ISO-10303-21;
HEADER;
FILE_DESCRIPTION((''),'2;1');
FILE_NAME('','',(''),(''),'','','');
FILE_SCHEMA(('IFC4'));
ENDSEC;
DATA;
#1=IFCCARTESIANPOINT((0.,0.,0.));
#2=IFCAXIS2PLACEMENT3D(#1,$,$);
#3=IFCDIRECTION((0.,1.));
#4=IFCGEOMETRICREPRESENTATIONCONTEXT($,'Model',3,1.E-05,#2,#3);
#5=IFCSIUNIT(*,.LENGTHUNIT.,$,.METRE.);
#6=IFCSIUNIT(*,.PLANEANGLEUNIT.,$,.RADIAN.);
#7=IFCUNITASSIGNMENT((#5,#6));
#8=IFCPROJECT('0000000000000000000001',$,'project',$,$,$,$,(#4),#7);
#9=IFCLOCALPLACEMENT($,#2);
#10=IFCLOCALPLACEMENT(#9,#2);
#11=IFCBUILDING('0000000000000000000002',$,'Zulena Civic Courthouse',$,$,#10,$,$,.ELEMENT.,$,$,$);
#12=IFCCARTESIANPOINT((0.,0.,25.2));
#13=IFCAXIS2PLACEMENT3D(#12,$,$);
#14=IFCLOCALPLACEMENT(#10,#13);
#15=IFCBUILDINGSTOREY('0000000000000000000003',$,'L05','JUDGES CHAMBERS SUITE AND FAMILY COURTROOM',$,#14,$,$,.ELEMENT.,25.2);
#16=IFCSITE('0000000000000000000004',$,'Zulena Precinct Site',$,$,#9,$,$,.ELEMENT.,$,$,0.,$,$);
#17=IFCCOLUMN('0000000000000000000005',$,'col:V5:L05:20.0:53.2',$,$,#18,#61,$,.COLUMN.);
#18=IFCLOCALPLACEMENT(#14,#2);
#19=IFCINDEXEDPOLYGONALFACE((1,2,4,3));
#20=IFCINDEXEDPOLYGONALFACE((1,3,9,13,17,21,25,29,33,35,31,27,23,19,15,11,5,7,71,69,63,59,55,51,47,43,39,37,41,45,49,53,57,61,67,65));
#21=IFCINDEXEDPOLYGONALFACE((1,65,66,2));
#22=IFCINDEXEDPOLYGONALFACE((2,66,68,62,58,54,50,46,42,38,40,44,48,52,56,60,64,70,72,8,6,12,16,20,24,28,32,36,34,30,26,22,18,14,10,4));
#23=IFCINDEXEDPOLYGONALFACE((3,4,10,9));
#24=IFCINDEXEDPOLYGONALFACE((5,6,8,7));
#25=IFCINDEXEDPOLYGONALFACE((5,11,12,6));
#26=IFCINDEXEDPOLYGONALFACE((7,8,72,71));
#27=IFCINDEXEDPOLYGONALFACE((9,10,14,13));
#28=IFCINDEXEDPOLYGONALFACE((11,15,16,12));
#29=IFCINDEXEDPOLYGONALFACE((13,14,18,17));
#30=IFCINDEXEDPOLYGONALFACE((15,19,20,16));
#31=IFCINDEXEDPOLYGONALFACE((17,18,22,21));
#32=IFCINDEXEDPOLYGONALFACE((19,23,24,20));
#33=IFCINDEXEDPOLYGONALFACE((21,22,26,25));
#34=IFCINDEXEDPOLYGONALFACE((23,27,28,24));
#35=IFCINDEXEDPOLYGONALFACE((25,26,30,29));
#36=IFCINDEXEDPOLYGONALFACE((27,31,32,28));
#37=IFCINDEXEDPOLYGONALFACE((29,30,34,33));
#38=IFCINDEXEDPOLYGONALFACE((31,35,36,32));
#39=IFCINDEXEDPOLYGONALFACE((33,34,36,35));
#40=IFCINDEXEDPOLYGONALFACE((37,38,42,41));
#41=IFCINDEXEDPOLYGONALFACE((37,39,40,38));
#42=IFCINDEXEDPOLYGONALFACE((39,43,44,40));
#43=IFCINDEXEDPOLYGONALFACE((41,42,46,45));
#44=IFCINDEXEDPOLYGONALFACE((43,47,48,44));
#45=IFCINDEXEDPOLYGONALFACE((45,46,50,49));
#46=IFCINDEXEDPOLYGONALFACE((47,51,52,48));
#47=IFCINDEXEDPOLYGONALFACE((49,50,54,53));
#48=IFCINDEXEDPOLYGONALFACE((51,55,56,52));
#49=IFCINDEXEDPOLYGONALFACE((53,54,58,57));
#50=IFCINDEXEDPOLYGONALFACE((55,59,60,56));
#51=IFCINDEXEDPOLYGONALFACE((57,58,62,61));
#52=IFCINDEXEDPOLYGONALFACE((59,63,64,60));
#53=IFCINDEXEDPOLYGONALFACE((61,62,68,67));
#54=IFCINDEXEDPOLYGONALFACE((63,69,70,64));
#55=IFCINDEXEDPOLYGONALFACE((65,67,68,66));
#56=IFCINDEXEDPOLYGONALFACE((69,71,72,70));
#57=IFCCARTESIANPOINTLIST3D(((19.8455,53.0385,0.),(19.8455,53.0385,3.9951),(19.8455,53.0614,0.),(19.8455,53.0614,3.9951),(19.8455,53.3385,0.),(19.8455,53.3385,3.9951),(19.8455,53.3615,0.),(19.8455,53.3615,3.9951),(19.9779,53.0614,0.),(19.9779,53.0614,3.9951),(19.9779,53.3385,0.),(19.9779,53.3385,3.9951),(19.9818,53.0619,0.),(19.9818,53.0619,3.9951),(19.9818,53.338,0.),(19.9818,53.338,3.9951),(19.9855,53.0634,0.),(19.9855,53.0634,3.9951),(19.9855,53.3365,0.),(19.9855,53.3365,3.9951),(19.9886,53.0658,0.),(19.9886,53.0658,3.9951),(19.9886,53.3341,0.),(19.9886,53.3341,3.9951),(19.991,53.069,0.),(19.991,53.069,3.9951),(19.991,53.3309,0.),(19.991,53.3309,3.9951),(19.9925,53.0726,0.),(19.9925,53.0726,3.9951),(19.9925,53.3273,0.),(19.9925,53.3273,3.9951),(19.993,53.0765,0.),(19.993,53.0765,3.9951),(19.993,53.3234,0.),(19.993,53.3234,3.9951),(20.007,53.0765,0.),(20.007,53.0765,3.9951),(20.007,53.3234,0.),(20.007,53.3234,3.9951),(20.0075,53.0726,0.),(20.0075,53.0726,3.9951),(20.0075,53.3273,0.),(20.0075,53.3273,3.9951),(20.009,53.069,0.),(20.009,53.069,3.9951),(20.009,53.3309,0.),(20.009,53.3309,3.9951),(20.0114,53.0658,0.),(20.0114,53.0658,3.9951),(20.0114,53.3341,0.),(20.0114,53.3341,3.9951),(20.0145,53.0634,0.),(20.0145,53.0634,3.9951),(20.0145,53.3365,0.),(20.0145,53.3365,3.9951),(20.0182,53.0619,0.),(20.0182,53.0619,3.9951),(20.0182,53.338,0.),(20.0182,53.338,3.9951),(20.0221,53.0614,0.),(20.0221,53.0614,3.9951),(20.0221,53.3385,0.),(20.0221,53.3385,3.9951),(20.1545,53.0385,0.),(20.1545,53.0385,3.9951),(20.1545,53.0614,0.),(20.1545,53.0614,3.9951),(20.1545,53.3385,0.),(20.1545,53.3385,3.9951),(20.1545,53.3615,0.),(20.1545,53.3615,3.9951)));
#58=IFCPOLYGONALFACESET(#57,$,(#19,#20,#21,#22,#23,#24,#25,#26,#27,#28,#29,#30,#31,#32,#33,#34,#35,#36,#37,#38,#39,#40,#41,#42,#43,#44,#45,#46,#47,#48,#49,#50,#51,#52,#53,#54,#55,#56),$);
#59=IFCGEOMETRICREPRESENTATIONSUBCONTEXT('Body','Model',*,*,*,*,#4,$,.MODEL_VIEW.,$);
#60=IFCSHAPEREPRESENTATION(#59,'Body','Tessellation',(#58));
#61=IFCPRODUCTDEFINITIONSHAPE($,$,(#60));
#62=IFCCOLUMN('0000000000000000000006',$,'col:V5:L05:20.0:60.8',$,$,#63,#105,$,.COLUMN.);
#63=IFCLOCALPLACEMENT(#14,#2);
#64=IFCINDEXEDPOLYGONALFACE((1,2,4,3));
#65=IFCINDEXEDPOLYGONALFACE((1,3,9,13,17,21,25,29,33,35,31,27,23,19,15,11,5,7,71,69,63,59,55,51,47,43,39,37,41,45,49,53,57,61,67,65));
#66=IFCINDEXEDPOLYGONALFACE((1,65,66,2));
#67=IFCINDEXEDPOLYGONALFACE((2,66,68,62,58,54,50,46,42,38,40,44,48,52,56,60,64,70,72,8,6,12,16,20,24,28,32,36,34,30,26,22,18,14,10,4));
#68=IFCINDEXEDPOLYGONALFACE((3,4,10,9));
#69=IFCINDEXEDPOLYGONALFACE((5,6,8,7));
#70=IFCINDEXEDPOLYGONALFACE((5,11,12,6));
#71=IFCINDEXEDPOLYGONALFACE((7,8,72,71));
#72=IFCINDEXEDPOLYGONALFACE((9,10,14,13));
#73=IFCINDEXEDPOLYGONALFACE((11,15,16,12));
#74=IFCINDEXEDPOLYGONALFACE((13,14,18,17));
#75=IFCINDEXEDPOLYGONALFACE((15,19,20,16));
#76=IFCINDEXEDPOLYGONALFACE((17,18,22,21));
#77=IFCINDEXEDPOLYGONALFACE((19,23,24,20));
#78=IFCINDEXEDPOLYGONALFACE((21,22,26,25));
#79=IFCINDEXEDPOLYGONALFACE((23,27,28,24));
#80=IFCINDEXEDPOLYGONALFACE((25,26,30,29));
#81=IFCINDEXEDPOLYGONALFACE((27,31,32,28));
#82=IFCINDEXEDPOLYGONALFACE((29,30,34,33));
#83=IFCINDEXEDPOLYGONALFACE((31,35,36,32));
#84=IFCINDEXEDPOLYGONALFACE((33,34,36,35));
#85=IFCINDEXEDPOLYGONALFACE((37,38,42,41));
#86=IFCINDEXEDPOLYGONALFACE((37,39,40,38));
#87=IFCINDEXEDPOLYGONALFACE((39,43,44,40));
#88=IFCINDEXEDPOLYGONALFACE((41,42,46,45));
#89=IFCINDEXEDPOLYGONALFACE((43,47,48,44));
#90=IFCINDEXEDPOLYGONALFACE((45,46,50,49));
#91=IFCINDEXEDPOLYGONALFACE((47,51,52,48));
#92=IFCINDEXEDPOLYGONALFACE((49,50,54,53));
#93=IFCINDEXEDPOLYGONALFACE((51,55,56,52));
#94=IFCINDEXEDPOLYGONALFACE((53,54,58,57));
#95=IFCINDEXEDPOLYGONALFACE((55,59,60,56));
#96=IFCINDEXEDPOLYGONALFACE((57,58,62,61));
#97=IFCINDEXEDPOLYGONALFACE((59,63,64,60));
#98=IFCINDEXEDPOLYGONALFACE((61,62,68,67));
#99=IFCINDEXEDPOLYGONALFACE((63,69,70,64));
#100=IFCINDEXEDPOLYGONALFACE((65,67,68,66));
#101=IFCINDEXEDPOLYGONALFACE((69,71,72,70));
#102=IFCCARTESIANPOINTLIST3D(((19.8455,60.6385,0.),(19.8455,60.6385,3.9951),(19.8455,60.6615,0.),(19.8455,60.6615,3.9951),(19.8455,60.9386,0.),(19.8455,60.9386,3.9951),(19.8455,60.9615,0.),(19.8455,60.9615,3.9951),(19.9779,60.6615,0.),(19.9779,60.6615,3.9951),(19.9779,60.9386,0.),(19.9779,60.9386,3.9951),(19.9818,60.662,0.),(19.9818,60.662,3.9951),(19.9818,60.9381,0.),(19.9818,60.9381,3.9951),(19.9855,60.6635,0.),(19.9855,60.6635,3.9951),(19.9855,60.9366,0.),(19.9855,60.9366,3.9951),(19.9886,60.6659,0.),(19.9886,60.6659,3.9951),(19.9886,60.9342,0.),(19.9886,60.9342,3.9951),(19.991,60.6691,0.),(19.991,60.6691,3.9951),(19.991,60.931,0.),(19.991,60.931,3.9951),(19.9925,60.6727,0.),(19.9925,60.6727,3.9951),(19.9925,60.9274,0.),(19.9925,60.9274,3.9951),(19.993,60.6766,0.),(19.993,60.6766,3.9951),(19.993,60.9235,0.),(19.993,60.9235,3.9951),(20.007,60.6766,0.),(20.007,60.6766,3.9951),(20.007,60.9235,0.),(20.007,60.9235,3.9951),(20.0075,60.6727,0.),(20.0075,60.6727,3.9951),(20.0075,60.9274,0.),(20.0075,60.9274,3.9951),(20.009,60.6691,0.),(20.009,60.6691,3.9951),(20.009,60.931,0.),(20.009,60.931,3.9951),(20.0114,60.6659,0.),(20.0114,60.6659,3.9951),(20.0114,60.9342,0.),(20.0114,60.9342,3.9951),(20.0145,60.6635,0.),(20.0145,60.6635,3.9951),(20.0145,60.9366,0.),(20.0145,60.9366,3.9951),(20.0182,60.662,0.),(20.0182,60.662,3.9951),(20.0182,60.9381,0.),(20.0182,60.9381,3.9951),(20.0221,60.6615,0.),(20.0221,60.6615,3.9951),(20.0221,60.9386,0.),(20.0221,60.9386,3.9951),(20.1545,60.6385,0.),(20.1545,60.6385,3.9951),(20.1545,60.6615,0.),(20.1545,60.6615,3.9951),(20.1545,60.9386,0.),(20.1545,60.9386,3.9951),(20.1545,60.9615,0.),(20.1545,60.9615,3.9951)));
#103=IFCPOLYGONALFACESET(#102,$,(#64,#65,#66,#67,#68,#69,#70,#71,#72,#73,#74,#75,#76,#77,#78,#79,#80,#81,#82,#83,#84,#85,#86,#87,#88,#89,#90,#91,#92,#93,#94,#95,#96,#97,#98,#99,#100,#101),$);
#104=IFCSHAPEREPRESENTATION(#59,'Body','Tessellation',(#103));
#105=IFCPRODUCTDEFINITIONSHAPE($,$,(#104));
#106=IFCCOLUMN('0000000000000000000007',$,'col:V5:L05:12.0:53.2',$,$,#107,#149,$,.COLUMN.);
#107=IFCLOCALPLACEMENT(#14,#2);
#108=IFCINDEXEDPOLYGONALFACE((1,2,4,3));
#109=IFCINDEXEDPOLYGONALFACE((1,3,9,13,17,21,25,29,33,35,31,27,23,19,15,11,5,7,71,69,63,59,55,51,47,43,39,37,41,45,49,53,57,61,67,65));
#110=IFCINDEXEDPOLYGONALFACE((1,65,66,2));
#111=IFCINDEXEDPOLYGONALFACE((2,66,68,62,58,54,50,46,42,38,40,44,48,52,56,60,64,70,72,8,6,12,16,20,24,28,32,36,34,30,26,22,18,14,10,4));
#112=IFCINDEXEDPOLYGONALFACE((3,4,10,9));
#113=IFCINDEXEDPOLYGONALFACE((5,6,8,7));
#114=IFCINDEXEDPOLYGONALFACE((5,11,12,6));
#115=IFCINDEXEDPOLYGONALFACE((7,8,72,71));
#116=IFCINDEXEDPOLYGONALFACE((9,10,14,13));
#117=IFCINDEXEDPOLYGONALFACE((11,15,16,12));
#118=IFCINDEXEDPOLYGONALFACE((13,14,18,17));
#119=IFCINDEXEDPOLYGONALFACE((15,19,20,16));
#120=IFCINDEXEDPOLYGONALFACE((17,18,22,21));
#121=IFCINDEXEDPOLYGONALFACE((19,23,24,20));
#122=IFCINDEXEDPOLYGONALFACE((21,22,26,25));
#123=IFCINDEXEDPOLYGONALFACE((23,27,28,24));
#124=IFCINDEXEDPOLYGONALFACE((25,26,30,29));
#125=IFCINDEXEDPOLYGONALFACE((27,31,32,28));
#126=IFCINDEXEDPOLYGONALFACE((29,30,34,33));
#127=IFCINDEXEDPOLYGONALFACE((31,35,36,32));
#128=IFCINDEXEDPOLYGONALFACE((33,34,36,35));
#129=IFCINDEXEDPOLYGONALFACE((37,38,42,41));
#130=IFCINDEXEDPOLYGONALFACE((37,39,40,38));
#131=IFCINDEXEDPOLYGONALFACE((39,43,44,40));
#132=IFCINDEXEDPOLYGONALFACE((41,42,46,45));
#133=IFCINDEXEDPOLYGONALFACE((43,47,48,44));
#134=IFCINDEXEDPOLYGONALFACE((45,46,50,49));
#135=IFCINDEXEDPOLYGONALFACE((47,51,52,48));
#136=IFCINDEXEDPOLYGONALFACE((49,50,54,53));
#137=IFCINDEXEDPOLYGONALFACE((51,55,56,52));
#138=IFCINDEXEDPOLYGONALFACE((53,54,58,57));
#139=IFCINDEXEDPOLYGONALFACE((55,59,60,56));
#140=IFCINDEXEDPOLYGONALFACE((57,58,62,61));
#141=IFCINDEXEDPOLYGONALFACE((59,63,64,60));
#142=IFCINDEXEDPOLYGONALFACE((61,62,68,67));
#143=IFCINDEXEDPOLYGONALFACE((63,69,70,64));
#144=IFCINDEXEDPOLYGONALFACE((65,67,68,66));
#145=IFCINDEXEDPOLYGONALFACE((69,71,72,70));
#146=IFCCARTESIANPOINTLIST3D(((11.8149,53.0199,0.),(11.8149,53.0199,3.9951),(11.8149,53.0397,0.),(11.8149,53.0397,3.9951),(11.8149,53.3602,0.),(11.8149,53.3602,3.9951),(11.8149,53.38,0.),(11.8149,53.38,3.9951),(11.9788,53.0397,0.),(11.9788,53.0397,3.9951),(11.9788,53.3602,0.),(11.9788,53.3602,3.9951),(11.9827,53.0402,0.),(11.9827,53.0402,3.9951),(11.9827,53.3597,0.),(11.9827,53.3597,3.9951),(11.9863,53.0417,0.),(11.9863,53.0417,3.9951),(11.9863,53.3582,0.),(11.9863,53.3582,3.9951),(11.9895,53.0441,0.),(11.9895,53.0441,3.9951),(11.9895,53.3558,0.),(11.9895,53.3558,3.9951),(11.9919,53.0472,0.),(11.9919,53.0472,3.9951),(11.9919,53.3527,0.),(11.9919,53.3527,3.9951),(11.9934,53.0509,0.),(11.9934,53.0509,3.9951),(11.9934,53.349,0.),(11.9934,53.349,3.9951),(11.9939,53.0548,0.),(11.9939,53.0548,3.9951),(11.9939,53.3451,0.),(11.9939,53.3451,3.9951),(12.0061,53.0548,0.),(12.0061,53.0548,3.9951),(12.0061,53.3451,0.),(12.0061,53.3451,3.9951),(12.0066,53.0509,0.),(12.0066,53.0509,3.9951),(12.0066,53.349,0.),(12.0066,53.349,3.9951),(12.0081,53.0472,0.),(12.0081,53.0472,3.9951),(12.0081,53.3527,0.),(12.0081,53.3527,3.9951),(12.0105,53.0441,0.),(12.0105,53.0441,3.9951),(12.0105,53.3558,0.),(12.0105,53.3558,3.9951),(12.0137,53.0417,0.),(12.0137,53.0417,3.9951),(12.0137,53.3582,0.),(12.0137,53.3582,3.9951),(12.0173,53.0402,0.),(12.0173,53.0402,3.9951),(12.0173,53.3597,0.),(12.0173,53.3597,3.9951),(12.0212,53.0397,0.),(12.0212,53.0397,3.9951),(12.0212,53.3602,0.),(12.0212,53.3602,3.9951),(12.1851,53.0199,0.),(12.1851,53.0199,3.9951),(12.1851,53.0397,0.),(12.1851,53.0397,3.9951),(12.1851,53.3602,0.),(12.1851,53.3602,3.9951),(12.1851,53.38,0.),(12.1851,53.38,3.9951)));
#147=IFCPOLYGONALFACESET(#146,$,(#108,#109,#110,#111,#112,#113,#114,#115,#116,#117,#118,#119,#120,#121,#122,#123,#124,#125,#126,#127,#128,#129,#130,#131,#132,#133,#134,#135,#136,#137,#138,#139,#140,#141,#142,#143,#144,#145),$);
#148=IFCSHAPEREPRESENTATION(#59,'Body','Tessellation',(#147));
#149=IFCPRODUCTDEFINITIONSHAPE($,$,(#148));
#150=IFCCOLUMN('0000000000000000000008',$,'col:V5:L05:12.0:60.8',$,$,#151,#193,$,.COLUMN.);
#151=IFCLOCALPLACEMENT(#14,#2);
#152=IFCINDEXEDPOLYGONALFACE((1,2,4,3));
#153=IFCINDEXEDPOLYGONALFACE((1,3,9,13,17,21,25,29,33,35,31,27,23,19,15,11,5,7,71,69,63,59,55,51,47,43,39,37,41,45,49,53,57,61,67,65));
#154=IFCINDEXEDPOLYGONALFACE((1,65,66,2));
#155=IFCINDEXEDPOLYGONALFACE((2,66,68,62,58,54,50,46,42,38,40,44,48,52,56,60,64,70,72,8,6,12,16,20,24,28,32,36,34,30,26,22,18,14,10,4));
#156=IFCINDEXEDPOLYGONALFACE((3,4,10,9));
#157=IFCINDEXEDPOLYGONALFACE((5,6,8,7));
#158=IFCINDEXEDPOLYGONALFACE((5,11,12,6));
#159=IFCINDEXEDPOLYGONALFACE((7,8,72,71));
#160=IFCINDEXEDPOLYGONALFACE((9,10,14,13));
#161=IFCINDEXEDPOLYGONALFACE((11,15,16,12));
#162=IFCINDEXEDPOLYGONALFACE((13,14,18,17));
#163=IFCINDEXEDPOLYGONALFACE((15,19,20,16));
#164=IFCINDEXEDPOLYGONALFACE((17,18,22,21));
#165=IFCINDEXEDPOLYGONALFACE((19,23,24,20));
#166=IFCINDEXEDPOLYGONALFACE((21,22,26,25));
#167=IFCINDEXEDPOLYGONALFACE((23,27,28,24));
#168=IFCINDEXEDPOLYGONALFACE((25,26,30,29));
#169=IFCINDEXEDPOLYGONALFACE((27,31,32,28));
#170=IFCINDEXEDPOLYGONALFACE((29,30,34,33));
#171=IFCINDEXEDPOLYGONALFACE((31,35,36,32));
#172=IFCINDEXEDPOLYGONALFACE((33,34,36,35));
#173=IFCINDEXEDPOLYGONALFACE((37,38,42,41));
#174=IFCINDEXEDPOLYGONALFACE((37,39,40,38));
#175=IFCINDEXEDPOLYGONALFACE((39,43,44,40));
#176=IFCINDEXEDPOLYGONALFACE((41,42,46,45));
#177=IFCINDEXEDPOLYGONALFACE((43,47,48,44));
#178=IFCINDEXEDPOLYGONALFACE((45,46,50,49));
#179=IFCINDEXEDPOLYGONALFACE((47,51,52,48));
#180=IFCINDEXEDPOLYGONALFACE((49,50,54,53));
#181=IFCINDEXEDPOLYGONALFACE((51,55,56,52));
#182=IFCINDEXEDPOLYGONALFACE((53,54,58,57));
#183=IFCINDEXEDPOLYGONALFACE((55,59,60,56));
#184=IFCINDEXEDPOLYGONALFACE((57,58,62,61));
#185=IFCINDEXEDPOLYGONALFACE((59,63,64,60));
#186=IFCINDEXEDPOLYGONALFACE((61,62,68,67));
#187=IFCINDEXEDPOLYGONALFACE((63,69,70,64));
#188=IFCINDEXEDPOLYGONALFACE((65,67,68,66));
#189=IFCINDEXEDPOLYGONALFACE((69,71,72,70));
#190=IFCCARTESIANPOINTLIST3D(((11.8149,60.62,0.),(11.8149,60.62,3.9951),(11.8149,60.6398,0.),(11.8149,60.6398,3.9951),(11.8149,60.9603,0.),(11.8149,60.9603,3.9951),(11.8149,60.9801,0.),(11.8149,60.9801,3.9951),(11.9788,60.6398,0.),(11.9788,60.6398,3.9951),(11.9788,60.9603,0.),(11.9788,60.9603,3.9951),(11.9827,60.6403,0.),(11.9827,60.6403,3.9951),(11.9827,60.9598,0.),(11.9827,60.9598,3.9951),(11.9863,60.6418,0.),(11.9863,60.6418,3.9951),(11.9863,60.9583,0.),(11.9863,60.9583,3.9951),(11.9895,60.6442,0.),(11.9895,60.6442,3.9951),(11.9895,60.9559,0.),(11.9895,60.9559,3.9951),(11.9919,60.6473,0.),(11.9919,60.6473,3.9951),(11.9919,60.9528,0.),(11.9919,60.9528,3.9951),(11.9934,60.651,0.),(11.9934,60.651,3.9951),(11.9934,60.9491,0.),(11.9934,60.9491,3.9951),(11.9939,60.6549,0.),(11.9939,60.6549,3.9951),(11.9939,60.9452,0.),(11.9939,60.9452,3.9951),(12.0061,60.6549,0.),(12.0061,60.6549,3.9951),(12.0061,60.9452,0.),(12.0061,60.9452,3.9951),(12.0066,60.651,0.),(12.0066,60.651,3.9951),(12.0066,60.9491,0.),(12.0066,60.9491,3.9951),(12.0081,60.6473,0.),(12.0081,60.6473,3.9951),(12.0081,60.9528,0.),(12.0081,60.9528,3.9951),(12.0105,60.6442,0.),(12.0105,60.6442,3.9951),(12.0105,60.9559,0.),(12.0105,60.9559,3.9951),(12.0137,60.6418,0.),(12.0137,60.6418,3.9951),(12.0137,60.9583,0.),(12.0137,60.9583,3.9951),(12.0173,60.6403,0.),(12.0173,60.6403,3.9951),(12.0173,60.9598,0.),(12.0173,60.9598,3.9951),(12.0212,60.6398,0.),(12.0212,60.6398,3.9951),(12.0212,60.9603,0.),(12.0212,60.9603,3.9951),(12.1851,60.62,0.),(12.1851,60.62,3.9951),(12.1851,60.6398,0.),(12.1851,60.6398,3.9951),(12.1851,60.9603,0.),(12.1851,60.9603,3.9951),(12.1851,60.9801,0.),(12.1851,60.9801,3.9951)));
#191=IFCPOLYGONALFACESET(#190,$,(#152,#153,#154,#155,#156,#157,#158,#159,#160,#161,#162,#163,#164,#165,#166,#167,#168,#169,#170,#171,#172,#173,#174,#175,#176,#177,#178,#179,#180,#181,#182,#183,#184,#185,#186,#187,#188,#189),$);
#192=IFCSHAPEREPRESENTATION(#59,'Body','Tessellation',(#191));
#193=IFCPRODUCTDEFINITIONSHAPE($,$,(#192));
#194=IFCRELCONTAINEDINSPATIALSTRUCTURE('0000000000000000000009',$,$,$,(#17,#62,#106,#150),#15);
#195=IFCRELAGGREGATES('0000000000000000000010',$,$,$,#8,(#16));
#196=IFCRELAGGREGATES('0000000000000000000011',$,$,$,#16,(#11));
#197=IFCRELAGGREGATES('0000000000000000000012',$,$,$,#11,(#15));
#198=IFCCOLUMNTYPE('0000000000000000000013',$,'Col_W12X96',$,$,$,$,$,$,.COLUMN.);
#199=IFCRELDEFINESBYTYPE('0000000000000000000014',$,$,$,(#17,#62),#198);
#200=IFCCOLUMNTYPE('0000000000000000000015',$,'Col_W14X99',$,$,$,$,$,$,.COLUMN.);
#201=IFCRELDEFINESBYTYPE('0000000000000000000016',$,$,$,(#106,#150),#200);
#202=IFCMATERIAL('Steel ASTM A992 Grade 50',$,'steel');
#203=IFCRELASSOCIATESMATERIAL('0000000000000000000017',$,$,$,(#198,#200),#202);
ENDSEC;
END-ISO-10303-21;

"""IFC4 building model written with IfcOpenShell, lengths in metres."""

from ifc_helpers import new_model, si_unit, direction, frame, origin, origin_2d, place, context, subcontext, project, spatial, i_section, extrude, material, material_profile, profile_set, type_object, element, save


model = new_model("IFC4")

# Units and contexts
model_context = context("Model", 3, precision=1e-05, world=origin(), true_north=direction((0.0, 1.0)))
body_context = subcontext(model_context, "Body", "Model", "MODEL_VIEW")
ifc_project = project(units=[si_unit("LENGTHUNIT", "METRE"), si_unit("PLANEANGLEUNIT", "RADIAN")], contexts=[model_context])

# Site, building, storey
site_placement = place(None, origin())
site = spatial("IfcSite", under=ifc_project, at=site_placement, Name="Zulena Precinct Site", CompositionType="ELEMENT", RefElevation=0.0)
building_placement = place(site_placement, origin())
building = spatial("IfcBuilding", under=site, at=building_placement, Name="Zulena Civic Courthouse", CompositionType="ELEMENT")
storey_placement = place(building_placement, frame((0.0, 0.0, 25.2)))
storey = spatial("IfcBuildingStorey", under=building, at=storey_placement, Name="L05", Description="JUDGES CHAMBERS SUITE AND FAMILY COURTROOM", CompositionType="ELEMENT", Elevation=25.2)

# Columns
ifc_material_1 = material(Name="Steel ASTM A992 Grade 50", Category="steel")
ifc_material_profile_1 = material_profile(ifc_material_1, i_section(OverallWidth=0.3091, OverallDepth=0.323, WebThickness=0.0139, FlangeThickness=0.0229, FilletRadius=0.0151, at=origin_2d()), Name="W12X96")
ifc_profile_set_1 = profile_set([ifc_material_profile_1], Name="Steel ASTM A992 Grade 50")
column_type_1 = type_object("IfcColumnType", Name="Col_W12X96", PredefinedType="COLUMN", material=ifc_profile_set_1)
for number, where, z_axis, x_axis, name in (
    (1, (20.0, 53.2, 0.0), (0.0, 0.0, 1.0), (1.0, 0.0, 0.0), "col:V5:L05:20.0:53.2"),
    (2, (20.0, 60.8, 0.0), (0.0, 0.0, 1.0), (1.0, 0.0, 0.0), "col:V5:L05:20.0:60.8"),
):
    element("IfcColumn", number, at=place(storey_placement, frame(where, z_axis=z_axis, x_axis=x_axis)), inside=storey, type_object=column_type_1, Name=name, PredefinedType="COLUMN", context=body_context, shape_type="SweptSolid", body=[
        extrude(i_section(OverallWidth=0.3091, OverallDepth=0.323, WebThickness=0.0139, FlangeThickness=0.0229, FilletRadius=0.0151, at=origin_2d()), origin(), (0.0, 0.0, 1.0), 3.9951),
    ])
ifc_material_profile_2 = material_profile(ifc_material_1, i_section(OverallWidth=0.3701, OverallDepth=0.3601, WebThickness=0.0122, FlangeThickness=0.0198, FilletRadius=0.0151, at=origin_2d()), Name="W14X99")
ifc_profile_set_2 = profile_set([ifc_material_profile_2], Name="Steel ASTM A992 Grade 50")
column_type_2 = type_object("IfcColumnType", Name="Col_W14X99", PredefinedType="COLUMN", material=ifc_profile_set_2)
for number, where, z_axis, x_axis, name in (
    (3, (12.0, 53.2, 0.0), (0.0, 0.0, 1.0), (1.0, 0.0, 0.0), "col:V5:L05:12.0:53.2"),
    (4, (12.0, 60.8, 0.0), (0.0, 0.0, 1.0), (1.0, 0.0, 0.0), "col:V5:L05:12.0:60.8"),
):
    element("IfcColumn", number, at=place(storey_placement, frame(where, z_axis=z_axis, x_axis=x_axis)), inside=storey, type_object=column_type_2, Name=name, PredefinedType="COLUMN", context=body_context, shape_type="SweptSolid", body=[
        extrude(i_section(OverallWidth=0.3701, OverallDepth=0.3601, WebThickness=0.0122, FlangeThickness=0.0198, FilletRadius=0.0151, at=origin_2d()), origin(), (0.0, 0.0, 1.0), 3.9951),
    ])

save(model, "model.ifc")
